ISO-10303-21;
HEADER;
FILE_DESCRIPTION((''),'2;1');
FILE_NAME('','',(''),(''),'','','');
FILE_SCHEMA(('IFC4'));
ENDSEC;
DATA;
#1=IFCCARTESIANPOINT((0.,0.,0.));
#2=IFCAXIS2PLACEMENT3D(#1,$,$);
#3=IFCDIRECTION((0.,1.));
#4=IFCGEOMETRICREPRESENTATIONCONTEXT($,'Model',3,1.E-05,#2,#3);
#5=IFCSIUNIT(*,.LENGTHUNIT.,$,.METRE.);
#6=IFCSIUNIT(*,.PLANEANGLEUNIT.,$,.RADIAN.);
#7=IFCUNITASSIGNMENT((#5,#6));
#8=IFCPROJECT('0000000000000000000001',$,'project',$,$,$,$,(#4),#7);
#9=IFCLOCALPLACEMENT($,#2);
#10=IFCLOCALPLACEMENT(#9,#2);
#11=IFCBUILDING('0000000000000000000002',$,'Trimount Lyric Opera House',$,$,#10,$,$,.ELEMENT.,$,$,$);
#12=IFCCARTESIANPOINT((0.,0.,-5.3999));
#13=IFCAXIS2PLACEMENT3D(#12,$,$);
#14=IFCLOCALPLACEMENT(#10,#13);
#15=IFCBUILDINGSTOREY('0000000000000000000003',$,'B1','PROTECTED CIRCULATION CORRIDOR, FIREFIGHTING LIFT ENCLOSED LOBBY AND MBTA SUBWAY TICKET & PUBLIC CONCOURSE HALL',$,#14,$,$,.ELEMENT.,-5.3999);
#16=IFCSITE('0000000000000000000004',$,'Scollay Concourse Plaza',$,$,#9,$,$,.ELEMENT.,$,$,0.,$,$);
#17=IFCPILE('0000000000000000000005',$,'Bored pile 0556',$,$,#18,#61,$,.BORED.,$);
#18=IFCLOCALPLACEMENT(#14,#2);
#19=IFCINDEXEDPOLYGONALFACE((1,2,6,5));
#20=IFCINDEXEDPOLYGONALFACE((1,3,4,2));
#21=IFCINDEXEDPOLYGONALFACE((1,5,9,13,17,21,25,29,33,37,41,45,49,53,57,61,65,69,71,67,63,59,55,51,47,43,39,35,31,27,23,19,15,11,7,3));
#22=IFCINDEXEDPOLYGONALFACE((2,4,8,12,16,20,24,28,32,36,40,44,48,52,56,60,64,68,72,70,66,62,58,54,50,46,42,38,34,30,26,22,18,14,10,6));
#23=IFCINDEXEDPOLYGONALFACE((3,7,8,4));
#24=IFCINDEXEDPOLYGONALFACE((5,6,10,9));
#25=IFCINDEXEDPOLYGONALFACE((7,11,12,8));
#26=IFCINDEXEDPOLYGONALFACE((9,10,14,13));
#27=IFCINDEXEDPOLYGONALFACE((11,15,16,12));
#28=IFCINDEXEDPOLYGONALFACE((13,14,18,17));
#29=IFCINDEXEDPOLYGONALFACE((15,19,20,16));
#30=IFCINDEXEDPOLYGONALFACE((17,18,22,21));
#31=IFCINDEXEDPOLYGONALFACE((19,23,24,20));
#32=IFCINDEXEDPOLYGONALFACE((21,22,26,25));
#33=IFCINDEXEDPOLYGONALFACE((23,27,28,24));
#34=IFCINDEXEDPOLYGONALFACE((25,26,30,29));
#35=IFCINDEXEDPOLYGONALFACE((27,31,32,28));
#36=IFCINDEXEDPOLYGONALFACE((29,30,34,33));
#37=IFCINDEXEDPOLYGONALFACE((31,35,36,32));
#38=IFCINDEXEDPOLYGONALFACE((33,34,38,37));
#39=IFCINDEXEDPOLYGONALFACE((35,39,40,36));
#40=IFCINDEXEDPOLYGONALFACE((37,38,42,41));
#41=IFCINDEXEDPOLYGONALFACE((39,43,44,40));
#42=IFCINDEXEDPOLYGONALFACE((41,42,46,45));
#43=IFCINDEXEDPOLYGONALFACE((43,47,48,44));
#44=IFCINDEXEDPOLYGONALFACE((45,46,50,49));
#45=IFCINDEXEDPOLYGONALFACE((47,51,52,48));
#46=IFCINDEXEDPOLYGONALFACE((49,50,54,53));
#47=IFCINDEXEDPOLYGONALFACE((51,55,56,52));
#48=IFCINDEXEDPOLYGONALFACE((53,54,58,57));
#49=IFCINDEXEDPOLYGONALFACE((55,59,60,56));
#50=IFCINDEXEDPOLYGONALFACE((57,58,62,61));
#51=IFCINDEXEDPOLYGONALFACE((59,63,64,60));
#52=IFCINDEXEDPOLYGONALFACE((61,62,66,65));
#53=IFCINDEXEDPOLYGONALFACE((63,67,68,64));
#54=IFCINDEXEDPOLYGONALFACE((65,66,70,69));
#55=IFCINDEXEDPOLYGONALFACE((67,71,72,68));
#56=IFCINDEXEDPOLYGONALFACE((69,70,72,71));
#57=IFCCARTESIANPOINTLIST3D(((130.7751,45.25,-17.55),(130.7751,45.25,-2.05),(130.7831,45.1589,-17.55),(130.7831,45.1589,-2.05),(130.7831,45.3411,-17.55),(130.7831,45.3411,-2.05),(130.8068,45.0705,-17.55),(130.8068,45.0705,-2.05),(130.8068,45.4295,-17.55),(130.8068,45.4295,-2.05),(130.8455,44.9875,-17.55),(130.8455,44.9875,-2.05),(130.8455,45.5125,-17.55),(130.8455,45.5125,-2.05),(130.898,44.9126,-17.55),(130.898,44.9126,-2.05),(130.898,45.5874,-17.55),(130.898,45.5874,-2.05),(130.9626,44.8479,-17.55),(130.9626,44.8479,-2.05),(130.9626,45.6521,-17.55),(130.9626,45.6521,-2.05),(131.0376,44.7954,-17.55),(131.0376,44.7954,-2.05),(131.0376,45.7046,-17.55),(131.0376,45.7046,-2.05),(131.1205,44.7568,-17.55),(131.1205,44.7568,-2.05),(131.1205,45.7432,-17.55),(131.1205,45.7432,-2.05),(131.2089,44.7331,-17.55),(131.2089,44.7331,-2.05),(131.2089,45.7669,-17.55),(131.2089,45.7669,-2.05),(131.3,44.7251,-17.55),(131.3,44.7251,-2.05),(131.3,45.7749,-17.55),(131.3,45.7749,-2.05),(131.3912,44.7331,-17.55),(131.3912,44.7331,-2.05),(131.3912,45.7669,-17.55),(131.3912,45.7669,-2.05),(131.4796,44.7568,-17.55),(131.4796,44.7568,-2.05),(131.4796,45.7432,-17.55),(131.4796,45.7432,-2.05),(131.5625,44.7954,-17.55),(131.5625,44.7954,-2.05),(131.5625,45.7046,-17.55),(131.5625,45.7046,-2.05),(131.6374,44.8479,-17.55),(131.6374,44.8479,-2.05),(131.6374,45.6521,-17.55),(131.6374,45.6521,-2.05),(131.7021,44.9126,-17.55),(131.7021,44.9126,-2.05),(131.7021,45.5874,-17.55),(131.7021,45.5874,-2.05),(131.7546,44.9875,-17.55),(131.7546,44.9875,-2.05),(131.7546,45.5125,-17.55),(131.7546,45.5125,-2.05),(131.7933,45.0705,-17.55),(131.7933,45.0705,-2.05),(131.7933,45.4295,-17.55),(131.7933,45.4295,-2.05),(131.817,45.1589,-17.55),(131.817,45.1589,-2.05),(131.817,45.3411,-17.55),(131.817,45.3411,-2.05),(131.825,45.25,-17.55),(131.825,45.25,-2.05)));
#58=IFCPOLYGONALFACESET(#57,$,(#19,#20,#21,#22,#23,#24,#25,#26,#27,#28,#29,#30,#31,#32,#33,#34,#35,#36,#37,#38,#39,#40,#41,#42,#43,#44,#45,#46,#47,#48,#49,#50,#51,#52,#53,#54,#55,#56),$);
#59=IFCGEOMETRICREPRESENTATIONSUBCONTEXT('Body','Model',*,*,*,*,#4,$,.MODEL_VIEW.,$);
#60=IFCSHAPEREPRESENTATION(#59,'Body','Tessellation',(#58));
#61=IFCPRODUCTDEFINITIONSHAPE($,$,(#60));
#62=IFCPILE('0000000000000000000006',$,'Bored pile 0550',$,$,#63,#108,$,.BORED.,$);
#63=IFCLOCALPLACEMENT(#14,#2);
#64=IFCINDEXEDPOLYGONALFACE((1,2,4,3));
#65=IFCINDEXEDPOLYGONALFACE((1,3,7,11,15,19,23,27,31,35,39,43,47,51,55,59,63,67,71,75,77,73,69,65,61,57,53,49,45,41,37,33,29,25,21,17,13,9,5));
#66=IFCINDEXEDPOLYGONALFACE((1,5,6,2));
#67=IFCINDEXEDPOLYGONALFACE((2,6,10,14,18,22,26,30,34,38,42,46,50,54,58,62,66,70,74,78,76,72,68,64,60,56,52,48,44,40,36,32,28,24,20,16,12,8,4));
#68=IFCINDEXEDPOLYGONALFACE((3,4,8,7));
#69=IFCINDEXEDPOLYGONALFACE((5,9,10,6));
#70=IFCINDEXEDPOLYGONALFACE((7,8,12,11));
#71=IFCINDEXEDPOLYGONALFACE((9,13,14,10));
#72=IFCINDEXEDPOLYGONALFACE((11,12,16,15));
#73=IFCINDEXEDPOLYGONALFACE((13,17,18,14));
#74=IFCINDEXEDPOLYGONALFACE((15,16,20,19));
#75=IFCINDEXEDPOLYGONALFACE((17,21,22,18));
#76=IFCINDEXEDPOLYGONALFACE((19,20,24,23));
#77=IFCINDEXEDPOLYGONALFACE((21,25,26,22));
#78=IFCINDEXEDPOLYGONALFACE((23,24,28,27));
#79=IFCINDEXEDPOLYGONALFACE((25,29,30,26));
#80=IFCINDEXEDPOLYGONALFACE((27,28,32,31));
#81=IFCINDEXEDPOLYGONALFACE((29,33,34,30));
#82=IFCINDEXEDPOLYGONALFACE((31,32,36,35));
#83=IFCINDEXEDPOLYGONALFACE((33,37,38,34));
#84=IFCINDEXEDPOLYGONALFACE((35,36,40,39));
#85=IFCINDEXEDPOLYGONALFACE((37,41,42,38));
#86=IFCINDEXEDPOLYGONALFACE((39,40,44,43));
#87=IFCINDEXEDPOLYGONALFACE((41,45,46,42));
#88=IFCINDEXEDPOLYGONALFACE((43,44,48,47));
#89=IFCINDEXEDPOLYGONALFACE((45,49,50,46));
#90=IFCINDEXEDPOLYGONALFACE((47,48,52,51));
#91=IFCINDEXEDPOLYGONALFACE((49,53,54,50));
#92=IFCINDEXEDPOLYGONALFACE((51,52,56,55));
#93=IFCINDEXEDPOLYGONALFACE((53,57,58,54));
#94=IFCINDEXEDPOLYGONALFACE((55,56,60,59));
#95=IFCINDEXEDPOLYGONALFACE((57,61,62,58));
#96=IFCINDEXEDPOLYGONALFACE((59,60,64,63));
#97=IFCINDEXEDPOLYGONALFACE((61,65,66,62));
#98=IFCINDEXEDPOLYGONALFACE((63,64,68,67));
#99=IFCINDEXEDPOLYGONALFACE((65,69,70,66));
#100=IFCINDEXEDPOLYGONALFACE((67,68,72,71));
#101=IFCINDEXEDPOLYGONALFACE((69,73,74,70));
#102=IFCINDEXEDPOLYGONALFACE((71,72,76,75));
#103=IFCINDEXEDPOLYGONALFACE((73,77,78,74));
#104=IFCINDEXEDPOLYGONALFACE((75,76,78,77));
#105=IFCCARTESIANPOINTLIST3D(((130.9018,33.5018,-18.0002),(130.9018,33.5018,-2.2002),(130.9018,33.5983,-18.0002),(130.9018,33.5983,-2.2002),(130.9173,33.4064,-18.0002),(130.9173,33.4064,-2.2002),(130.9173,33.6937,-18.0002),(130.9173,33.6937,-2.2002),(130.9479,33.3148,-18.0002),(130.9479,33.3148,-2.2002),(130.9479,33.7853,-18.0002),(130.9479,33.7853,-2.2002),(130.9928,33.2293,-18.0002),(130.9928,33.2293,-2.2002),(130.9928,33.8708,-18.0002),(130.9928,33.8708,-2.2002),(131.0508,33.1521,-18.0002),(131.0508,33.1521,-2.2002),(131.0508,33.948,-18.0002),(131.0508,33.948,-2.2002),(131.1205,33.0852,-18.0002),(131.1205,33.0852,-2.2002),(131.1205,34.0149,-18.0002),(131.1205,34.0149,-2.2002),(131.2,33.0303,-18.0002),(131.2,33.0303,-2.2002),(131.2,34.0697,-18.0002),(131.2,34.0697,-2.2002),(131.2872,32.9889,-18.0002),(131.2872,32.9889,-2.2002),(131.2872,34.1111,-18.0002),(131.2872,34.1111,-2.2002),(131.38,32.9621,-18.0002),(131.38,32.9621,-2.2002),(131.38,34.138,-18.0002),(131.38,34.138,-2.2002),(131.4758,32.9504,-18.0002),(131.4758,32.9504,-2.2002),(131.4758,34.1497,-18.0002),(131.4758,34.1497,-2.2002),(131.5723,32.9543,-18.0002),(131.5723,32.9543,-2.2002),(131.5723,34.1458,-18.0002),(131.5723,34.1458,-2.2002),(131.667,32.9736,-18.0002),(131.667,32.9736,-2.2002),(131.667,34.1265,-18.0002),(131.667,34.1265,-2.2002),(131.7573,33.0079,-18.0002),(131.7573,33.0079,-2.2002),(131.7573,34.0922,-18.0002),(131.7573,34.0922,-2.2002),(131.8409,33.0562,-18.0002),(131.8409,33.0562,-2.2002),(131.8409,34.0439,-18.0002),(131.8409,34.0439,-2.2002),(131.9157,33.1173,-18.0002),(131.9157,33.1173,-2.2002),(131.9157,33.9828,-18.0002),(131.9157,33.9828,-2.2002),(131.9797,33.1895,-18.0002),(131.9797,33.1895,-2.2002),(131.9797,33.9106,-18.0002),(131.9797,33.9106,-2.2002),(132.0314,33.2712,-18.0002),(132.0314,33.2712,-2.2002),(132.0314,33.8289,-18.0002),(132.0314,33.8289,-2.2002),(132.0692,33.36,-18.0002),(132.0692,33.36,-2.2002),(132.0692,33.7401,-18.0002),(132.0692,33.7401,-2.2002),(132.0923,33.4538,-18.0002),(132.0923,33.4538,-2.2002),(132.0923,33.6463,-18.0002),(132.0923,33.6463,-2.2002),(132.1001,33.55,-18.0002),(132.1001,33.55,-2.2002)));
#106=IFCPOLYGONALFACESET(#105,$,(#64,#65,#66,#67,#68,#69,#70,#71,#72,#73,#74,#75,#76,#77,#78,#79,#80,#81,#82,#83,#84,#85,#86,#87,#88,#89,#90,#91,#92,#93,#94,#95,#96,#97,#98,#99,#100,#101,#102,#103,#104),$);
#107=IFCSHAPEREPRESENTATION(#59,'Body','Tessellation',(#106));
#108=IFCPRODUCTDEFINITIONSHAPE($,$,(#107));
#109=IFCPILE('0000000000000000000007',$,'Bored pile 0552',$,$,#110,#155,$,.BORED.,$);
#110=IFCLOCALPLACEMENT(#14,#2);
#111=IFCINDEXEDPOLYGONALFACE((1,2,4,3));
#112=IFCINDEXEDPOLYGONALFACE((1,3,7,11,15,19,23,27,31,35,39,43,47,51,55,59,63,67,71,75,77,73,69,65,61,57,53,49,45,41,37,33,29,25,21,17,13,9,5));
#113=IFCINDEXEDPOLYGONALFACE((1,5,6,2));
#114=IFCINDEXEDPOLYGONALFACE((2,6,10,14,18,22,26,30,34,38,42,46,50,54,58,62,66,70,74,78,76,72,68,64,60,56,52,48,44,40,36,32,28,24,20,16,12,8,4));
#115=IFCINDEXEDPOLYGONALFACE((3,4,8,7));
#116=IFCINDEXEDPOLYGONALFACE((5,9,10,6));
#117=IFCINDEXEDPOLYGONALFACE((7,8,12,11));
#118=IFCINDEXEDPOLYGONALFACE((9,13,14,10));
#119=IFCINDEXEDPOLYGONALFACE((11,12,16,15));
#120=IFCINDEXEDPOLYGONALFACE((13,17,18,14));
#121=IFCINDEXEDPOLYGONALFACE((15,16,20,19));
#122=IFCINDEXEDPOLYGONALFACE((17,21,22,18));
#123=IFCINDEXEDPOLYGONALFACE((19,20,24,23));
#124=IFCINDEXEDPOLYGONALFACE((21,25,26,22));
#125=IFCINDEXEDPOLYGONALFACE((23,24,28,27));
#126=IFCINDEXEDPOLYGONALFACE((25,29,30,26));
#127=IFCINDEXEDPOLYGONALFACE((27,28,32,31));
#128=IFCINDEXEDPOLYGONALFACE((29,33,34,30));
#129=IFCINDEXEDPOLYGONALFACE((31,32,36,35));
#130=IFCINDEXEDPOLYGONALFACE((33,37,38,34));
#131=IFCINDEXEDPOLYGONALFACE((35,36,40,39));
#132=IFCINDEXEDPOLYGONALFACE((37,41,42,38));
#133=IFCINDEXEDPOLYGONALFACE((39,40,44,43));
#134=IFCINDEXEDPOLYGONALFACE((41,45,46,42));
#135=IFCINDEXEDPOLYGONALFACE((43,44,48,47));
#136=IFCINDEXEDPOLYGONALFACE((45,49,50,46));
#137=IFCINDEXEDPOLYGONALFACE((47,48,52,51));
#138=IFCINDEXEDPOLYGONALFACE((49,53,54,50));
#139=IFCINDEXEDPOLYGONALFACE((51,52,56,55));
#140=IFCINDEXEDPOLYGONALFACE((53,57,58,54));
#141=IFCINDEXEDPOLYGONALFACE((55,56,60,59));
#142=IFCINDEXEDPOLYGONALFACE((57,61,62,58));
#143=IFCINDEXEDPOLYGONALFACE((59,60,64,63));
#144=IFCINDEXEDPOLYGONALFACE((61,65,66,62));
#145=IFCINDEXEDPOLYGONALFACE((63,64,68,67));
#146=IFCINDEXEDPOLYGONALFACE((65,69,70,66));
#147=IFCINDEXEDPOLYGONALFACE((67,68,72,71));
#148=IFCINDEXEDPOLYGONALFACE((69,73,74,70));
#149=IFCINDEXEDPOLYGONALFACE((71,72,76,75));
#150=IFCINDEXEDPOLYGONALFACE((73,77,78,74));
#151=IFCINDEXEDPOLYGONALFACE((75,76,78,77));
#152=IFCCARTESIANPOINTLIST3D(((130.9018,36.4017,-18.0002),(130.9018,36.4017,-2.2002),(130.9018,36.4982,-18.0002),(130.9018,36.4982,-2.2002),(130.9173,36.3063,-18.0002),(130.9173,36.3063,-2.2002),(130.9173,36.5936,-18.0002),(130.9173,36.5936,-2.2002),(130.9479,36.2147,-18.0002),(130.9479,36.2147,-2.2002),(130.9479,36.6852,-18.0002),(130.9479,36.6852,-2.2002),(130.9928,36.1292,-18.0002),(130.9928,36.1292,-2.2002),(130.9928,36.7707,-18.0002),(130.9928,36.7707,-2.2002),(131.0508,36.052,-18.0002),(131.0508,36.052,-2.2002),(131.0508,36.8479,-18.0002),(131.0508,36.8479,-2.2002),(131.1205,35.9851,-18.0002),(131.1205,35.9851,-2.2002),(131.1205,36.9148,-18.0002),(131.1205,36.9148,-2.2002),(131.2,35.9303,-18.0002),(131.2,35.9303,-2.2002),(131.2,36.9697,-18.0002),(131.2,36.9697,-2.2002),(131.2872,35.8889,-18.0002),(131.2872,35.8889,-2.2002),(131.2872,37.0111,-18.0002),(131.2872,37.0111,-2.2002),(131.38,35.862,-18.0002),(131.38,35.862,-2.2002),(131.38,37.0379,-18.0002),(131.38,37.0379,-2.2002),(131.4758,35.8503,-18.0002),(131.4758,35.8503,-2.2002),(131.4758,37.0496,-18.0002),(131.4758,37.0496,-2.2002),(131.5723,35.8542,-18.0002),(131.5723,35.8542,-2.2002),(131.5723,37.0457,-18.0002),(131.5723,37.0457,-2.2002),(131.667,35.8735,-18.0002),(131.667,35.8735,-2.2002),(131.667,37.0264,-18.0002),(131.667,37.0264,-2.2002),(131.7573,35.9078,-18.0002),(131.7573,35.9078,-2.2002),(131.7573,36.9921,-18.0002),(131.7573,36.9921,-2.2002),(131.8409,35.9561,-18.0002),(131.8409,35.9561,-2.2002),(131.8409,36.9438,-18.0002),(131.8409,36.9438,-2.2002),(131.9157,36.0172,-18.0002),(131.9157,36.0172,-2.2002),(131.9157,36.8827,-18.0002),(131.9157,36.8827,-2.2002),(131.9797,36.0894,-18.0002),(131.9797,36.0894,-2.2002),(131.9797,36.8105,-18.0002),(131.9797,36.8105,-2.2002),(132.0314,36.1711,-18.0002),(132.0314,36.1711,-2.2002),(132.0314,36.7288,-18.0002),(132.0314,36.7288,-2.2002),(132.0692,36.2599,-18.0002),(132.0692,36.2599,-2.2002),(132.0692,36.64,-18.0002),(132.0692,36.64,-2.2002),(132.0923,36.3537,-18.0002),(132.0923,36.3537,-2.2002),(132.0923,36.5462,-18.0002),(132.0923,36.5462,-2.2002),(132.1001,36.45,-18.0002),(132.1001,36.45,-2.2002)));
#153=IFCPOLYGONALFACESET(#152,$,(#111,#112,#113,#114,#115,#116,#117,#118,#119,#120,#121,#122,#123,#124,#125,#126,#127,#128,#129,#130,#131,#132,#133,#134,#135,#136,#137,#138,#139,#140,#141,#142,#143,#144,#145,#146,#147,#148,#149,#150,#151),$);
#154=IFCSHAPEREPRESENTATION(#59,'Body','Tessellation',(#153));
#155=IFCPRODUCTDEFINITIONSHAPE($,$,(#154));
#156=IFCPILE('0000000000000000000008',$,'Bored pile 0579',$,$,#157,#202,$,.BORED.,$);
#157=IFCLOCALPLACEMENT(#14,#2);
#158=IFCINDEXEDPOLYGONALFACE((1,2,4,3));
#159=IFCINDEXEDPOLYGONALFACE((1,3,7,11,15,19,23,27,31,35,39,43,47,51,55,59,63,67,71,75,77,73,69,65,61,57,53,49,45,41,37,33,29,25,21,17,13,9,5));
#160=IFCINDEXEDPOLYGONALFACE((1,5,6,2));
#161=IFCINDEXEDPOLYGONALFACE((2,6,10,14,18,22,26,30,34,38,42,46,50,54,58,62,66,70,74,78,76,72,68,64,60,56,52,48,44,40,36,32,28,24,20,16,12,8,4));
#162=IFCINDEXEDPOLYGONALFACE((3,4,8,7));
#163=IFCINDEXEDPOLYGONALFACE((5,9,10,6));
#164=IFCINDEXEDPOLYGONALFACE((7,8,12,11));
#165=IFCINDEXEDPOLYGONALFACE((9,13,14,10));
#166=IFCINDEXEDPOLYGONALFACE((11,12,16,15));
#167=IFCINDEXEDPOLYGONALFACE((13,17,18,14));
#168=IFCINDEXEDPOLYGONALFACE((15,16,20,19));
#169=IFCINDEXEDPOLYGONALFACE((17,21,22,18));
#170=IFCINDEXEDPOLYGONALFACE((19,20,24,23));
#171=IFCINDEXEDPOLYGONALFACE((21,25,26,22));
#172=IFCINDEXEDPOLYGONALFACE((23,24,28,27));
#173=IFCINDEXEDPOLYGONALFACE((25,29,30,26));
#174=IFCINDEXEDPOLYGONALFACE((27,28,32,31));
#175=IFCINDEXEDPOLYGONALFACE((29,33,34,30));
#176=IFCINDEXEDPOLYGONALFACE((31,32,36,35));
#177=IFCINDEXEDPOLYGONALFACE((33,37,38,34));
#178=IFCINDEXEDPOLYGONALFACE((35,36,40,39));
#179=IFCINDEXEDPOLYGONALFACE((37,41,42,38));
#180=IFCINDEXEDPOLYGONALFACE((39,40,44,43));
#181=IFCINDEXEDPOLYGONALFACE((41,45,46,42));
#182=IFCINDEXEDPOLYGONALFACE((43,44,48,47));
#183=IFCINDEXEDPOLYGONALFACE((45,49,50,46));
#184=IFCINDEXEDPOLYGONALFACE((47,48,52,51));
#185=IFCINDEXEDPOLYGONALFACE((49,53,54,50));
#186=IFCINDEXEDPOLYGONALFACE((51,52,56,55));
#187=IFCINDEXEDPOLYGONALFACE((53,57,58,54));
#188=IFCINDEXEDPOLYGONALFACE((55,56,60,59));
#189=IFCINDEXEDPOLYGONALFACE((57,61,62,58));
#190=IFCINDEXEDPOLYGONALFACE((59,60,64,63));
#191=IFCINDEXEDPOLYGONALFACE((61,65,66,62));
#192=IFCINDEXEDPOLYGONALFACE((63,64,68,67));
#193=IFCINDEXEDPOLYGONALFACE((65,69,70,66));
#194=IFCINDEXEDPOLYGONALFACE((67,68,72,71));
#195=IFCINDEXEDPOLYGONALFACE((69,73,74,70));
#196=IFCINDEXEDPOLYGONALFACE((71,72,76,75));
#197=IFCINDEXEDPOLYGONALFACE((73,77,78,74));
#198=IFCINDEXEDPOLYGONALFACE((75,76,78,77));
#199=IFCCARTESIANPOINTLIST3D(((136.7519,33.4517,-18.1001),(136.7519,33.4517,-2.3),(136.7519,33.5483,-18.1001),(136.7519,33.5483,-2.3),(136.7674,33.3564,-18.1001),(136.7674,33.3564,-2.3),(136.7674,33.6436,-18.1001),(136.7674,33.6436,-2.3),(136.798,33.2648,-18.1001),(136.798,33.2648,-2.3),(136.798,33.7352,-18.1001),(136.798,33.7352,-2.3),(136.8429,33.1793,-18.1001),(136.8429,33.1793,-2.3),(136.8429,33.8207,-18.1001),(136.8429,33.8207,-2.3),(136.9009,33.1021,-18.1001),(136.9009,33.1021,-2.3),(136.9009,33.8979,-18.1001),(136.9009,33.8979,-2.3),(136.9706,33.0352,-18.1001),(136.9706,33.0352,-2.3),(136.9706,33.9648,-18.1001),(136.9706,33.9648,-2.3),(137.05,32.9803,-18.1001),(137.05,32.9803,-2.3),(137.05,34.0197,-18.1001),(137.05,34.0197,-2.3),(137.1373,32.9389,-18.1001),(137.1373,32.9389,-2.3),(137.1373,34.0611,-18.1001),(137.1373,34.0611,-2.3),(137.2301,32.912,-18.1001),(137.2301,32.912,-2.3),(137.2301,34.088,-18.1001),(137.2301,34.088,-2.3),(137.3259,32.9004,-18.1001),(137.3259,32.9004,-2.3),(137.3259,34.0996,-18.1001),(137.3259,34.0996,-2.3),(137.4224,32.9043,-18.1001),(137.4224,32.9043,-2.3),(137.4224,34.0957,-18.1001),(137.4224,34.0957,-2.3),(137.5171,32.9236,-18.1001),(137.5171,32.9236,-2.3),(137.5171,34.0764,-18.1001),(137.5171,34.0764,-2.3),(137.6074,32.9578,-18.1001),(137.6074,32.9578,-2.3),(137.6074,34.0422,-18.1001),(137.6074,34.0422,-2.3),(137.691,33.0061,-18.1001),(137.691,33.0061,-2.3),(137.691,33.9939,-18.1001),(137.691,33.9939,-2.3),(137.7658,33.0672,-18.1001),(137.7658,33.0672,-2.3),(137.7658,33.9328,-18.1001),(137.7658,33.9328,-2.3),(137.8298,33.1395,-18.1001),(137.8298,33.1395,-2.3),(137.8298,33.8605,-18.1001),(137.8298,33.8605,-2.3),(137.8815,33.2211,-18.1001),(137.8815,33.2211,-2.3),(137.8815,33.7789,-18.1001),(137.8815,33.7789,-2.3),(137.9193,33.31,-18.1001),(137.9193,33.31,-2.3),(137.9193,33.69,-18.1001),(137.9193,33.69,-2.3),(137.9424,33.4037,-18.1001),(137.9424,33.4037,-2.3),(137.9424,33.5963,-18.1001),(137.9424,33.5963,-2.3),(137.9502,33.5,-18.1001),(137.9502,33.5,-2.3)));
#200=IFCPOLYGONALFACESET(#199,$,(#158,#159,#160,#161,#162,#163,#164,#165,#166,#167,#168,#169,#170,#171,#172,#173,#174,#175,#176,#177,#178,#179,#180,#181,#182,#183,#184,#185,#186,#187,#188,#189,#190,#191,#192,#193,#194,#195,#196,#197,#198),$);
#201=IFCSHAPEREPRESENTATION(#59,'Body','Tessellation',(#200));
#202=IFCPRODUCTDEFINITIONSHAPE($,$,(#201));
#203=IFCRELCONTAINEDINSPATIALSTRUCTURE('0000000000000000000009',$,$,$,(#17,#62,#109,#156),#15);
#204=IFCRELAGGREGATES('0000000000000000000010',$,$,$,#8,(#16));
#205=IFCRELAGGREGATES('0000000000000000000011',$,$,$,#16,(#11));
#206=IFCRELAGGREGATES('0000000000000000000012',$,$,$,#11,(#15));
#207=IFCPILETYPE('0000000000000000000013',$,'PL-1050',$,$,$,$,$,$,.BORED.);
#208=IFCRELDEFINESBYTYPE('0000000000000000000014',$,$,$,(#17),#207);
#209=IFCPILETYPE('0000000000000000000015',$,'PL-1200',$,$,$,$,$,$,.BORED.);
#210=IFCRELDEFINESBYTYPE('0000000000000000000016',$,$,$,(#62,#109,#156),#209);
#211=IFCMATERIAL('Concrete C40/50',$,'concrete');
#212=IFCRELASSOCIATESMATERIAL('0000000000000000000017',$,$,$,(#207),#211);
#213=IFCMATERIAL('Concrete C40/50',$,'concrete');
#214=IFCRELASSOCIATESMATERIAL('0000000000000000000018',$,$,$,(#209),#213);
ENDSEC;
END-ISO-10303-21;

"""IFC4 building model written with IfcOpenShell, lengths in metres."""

from ifc_helpers import new_model, si_unit, direction, frame, origin, origin_2d, place, context, subcontext, project, spatial, circle, extrude, material, material_profile, profile_set, type_object, element, save


model = new_model("IFC4")

# Units and contexts
model_context = context("Model", 3, precision=1e-05, world=origin(), true_north=direction((0.0, 1.0)))
body_context = subcontext(model_context, "Body", "Model", "MODEL_VIEW")
ifc_project = project(units=[si_unit("LENGTHUNIT", "METRE"), si_unit("PLANEANGLEUNIT", "RADIAN")], contexts=[model_context])

# Site, building, storey
site_placement = place(None, origin())
site = spatial("IfcSite", under=ifc_project, at=site_placement, Name="Scollay Concourse Plaza", CompositionType="ELEMENT", RefElevation=0.0)
building_placement = place(site_placement, origin())
building = spatial("IfcBuilding", under=site, at=building_placement, Name="Trimount Lyric Opera House", CompositionType="ELEMENT")
storey_placement = place(building_placement, frame((0.0, 0.0, -5.3999)))
storey = spatial("IfcBuildingStorey", under=building, at=storey_placement, Name="B1", Description="PROTECTED CIRCULATION CORRIDOR, FIREFIGHTING LIFT ENCLOSED LOBBY AND MBTA SUBWAY TICKET & PUBLIC CONCOURSE HALL", CompositionType="ELEMENT", Elevation=-5.3999)

# Piles
ifc_material_1 = material(Name="Concrete C40/50", Category="concrete")
ifc_material_profile_1 = material_profile(ifc_material_1, circle(Radius=0.5249, at=origin_2d()), Name="PILE-D1050")
ifc_profile_set_1 = profile_set([ifc_material_profile_1], Name="Concrete C40/50")
pile_type_1 = type_object("IfcPileType", Name="PL-1050", PredefinedType="BORED", material=ifc_profile_set_1)
for number, where, z_axis, x_axis, name in (
    (1, (131.3, 45.25, -2.05), (0.0, 0.0, -1.0), (1.0, 0.0, 0.0), "Bored pile 0556"),
):
    element("IfcPile", number, at=place(storey_placement, frame(where, z_axis=z_axis, x_axis=x_axis)), inside=storey, type_object=pile_type_1, Name=name, PredefinedType="BORED", context=body_context, shape_type="SweptSolid", body=[
        extrude(circle(Radius=0.5249, at=origin_2d()), origin(), (0.0, 0.0, 1.0), 15.5),
    ])
ifc_material_2 = material(Name="Concrete C40/50", Category="concrete")
ifc_material_profile_2 = material_profile(ifc_material_2, circle(Radius=0.6001, at=origin_2d()), Name="PILE-D1200")
ifc_profile_set_2 = profile_set([ifc_material_profile_2], Name="Concrete C40/50")
pile_type_2 = type_object("IfcPileType", Name="PL-1200", PredefinedType="BORED", material=ifc_profile_set_2)
for number, where, z_axis, x_axis, name in (
    (2, (131.5, 33.55, -2.2002), (0.0, 0.0, -1.0), (1.0, 0.0, 0.0), "Bored pile 0550"),
    (3, (131.5, 36.45, -2.2002), (0.0, 0.0, -1.0), (1.0, 0.0, 0.0), "Bored pile 0552"),
    (4, (137.3501, 33.5, -2.3), (0.0, 0.0, -1.0), (1.0, 0.0, 0.0), "Bored pile 0579"),
):
    element("IfcPile", number, at=place(storey_placement, frame(where, z_axis=z_axis, x_axis=x_axis)), inside=storey, type_object=pile_type_2, Name=name, PredefinedType="BORED", context=body_context, shape_type="SweptSolid", body=[
        extrude(circle(Radius=0.6001, at=origin_2d()), origin(), (0.0, 0.0, 1.0), 15.8),
    ])

save(model, "model.ifc")
